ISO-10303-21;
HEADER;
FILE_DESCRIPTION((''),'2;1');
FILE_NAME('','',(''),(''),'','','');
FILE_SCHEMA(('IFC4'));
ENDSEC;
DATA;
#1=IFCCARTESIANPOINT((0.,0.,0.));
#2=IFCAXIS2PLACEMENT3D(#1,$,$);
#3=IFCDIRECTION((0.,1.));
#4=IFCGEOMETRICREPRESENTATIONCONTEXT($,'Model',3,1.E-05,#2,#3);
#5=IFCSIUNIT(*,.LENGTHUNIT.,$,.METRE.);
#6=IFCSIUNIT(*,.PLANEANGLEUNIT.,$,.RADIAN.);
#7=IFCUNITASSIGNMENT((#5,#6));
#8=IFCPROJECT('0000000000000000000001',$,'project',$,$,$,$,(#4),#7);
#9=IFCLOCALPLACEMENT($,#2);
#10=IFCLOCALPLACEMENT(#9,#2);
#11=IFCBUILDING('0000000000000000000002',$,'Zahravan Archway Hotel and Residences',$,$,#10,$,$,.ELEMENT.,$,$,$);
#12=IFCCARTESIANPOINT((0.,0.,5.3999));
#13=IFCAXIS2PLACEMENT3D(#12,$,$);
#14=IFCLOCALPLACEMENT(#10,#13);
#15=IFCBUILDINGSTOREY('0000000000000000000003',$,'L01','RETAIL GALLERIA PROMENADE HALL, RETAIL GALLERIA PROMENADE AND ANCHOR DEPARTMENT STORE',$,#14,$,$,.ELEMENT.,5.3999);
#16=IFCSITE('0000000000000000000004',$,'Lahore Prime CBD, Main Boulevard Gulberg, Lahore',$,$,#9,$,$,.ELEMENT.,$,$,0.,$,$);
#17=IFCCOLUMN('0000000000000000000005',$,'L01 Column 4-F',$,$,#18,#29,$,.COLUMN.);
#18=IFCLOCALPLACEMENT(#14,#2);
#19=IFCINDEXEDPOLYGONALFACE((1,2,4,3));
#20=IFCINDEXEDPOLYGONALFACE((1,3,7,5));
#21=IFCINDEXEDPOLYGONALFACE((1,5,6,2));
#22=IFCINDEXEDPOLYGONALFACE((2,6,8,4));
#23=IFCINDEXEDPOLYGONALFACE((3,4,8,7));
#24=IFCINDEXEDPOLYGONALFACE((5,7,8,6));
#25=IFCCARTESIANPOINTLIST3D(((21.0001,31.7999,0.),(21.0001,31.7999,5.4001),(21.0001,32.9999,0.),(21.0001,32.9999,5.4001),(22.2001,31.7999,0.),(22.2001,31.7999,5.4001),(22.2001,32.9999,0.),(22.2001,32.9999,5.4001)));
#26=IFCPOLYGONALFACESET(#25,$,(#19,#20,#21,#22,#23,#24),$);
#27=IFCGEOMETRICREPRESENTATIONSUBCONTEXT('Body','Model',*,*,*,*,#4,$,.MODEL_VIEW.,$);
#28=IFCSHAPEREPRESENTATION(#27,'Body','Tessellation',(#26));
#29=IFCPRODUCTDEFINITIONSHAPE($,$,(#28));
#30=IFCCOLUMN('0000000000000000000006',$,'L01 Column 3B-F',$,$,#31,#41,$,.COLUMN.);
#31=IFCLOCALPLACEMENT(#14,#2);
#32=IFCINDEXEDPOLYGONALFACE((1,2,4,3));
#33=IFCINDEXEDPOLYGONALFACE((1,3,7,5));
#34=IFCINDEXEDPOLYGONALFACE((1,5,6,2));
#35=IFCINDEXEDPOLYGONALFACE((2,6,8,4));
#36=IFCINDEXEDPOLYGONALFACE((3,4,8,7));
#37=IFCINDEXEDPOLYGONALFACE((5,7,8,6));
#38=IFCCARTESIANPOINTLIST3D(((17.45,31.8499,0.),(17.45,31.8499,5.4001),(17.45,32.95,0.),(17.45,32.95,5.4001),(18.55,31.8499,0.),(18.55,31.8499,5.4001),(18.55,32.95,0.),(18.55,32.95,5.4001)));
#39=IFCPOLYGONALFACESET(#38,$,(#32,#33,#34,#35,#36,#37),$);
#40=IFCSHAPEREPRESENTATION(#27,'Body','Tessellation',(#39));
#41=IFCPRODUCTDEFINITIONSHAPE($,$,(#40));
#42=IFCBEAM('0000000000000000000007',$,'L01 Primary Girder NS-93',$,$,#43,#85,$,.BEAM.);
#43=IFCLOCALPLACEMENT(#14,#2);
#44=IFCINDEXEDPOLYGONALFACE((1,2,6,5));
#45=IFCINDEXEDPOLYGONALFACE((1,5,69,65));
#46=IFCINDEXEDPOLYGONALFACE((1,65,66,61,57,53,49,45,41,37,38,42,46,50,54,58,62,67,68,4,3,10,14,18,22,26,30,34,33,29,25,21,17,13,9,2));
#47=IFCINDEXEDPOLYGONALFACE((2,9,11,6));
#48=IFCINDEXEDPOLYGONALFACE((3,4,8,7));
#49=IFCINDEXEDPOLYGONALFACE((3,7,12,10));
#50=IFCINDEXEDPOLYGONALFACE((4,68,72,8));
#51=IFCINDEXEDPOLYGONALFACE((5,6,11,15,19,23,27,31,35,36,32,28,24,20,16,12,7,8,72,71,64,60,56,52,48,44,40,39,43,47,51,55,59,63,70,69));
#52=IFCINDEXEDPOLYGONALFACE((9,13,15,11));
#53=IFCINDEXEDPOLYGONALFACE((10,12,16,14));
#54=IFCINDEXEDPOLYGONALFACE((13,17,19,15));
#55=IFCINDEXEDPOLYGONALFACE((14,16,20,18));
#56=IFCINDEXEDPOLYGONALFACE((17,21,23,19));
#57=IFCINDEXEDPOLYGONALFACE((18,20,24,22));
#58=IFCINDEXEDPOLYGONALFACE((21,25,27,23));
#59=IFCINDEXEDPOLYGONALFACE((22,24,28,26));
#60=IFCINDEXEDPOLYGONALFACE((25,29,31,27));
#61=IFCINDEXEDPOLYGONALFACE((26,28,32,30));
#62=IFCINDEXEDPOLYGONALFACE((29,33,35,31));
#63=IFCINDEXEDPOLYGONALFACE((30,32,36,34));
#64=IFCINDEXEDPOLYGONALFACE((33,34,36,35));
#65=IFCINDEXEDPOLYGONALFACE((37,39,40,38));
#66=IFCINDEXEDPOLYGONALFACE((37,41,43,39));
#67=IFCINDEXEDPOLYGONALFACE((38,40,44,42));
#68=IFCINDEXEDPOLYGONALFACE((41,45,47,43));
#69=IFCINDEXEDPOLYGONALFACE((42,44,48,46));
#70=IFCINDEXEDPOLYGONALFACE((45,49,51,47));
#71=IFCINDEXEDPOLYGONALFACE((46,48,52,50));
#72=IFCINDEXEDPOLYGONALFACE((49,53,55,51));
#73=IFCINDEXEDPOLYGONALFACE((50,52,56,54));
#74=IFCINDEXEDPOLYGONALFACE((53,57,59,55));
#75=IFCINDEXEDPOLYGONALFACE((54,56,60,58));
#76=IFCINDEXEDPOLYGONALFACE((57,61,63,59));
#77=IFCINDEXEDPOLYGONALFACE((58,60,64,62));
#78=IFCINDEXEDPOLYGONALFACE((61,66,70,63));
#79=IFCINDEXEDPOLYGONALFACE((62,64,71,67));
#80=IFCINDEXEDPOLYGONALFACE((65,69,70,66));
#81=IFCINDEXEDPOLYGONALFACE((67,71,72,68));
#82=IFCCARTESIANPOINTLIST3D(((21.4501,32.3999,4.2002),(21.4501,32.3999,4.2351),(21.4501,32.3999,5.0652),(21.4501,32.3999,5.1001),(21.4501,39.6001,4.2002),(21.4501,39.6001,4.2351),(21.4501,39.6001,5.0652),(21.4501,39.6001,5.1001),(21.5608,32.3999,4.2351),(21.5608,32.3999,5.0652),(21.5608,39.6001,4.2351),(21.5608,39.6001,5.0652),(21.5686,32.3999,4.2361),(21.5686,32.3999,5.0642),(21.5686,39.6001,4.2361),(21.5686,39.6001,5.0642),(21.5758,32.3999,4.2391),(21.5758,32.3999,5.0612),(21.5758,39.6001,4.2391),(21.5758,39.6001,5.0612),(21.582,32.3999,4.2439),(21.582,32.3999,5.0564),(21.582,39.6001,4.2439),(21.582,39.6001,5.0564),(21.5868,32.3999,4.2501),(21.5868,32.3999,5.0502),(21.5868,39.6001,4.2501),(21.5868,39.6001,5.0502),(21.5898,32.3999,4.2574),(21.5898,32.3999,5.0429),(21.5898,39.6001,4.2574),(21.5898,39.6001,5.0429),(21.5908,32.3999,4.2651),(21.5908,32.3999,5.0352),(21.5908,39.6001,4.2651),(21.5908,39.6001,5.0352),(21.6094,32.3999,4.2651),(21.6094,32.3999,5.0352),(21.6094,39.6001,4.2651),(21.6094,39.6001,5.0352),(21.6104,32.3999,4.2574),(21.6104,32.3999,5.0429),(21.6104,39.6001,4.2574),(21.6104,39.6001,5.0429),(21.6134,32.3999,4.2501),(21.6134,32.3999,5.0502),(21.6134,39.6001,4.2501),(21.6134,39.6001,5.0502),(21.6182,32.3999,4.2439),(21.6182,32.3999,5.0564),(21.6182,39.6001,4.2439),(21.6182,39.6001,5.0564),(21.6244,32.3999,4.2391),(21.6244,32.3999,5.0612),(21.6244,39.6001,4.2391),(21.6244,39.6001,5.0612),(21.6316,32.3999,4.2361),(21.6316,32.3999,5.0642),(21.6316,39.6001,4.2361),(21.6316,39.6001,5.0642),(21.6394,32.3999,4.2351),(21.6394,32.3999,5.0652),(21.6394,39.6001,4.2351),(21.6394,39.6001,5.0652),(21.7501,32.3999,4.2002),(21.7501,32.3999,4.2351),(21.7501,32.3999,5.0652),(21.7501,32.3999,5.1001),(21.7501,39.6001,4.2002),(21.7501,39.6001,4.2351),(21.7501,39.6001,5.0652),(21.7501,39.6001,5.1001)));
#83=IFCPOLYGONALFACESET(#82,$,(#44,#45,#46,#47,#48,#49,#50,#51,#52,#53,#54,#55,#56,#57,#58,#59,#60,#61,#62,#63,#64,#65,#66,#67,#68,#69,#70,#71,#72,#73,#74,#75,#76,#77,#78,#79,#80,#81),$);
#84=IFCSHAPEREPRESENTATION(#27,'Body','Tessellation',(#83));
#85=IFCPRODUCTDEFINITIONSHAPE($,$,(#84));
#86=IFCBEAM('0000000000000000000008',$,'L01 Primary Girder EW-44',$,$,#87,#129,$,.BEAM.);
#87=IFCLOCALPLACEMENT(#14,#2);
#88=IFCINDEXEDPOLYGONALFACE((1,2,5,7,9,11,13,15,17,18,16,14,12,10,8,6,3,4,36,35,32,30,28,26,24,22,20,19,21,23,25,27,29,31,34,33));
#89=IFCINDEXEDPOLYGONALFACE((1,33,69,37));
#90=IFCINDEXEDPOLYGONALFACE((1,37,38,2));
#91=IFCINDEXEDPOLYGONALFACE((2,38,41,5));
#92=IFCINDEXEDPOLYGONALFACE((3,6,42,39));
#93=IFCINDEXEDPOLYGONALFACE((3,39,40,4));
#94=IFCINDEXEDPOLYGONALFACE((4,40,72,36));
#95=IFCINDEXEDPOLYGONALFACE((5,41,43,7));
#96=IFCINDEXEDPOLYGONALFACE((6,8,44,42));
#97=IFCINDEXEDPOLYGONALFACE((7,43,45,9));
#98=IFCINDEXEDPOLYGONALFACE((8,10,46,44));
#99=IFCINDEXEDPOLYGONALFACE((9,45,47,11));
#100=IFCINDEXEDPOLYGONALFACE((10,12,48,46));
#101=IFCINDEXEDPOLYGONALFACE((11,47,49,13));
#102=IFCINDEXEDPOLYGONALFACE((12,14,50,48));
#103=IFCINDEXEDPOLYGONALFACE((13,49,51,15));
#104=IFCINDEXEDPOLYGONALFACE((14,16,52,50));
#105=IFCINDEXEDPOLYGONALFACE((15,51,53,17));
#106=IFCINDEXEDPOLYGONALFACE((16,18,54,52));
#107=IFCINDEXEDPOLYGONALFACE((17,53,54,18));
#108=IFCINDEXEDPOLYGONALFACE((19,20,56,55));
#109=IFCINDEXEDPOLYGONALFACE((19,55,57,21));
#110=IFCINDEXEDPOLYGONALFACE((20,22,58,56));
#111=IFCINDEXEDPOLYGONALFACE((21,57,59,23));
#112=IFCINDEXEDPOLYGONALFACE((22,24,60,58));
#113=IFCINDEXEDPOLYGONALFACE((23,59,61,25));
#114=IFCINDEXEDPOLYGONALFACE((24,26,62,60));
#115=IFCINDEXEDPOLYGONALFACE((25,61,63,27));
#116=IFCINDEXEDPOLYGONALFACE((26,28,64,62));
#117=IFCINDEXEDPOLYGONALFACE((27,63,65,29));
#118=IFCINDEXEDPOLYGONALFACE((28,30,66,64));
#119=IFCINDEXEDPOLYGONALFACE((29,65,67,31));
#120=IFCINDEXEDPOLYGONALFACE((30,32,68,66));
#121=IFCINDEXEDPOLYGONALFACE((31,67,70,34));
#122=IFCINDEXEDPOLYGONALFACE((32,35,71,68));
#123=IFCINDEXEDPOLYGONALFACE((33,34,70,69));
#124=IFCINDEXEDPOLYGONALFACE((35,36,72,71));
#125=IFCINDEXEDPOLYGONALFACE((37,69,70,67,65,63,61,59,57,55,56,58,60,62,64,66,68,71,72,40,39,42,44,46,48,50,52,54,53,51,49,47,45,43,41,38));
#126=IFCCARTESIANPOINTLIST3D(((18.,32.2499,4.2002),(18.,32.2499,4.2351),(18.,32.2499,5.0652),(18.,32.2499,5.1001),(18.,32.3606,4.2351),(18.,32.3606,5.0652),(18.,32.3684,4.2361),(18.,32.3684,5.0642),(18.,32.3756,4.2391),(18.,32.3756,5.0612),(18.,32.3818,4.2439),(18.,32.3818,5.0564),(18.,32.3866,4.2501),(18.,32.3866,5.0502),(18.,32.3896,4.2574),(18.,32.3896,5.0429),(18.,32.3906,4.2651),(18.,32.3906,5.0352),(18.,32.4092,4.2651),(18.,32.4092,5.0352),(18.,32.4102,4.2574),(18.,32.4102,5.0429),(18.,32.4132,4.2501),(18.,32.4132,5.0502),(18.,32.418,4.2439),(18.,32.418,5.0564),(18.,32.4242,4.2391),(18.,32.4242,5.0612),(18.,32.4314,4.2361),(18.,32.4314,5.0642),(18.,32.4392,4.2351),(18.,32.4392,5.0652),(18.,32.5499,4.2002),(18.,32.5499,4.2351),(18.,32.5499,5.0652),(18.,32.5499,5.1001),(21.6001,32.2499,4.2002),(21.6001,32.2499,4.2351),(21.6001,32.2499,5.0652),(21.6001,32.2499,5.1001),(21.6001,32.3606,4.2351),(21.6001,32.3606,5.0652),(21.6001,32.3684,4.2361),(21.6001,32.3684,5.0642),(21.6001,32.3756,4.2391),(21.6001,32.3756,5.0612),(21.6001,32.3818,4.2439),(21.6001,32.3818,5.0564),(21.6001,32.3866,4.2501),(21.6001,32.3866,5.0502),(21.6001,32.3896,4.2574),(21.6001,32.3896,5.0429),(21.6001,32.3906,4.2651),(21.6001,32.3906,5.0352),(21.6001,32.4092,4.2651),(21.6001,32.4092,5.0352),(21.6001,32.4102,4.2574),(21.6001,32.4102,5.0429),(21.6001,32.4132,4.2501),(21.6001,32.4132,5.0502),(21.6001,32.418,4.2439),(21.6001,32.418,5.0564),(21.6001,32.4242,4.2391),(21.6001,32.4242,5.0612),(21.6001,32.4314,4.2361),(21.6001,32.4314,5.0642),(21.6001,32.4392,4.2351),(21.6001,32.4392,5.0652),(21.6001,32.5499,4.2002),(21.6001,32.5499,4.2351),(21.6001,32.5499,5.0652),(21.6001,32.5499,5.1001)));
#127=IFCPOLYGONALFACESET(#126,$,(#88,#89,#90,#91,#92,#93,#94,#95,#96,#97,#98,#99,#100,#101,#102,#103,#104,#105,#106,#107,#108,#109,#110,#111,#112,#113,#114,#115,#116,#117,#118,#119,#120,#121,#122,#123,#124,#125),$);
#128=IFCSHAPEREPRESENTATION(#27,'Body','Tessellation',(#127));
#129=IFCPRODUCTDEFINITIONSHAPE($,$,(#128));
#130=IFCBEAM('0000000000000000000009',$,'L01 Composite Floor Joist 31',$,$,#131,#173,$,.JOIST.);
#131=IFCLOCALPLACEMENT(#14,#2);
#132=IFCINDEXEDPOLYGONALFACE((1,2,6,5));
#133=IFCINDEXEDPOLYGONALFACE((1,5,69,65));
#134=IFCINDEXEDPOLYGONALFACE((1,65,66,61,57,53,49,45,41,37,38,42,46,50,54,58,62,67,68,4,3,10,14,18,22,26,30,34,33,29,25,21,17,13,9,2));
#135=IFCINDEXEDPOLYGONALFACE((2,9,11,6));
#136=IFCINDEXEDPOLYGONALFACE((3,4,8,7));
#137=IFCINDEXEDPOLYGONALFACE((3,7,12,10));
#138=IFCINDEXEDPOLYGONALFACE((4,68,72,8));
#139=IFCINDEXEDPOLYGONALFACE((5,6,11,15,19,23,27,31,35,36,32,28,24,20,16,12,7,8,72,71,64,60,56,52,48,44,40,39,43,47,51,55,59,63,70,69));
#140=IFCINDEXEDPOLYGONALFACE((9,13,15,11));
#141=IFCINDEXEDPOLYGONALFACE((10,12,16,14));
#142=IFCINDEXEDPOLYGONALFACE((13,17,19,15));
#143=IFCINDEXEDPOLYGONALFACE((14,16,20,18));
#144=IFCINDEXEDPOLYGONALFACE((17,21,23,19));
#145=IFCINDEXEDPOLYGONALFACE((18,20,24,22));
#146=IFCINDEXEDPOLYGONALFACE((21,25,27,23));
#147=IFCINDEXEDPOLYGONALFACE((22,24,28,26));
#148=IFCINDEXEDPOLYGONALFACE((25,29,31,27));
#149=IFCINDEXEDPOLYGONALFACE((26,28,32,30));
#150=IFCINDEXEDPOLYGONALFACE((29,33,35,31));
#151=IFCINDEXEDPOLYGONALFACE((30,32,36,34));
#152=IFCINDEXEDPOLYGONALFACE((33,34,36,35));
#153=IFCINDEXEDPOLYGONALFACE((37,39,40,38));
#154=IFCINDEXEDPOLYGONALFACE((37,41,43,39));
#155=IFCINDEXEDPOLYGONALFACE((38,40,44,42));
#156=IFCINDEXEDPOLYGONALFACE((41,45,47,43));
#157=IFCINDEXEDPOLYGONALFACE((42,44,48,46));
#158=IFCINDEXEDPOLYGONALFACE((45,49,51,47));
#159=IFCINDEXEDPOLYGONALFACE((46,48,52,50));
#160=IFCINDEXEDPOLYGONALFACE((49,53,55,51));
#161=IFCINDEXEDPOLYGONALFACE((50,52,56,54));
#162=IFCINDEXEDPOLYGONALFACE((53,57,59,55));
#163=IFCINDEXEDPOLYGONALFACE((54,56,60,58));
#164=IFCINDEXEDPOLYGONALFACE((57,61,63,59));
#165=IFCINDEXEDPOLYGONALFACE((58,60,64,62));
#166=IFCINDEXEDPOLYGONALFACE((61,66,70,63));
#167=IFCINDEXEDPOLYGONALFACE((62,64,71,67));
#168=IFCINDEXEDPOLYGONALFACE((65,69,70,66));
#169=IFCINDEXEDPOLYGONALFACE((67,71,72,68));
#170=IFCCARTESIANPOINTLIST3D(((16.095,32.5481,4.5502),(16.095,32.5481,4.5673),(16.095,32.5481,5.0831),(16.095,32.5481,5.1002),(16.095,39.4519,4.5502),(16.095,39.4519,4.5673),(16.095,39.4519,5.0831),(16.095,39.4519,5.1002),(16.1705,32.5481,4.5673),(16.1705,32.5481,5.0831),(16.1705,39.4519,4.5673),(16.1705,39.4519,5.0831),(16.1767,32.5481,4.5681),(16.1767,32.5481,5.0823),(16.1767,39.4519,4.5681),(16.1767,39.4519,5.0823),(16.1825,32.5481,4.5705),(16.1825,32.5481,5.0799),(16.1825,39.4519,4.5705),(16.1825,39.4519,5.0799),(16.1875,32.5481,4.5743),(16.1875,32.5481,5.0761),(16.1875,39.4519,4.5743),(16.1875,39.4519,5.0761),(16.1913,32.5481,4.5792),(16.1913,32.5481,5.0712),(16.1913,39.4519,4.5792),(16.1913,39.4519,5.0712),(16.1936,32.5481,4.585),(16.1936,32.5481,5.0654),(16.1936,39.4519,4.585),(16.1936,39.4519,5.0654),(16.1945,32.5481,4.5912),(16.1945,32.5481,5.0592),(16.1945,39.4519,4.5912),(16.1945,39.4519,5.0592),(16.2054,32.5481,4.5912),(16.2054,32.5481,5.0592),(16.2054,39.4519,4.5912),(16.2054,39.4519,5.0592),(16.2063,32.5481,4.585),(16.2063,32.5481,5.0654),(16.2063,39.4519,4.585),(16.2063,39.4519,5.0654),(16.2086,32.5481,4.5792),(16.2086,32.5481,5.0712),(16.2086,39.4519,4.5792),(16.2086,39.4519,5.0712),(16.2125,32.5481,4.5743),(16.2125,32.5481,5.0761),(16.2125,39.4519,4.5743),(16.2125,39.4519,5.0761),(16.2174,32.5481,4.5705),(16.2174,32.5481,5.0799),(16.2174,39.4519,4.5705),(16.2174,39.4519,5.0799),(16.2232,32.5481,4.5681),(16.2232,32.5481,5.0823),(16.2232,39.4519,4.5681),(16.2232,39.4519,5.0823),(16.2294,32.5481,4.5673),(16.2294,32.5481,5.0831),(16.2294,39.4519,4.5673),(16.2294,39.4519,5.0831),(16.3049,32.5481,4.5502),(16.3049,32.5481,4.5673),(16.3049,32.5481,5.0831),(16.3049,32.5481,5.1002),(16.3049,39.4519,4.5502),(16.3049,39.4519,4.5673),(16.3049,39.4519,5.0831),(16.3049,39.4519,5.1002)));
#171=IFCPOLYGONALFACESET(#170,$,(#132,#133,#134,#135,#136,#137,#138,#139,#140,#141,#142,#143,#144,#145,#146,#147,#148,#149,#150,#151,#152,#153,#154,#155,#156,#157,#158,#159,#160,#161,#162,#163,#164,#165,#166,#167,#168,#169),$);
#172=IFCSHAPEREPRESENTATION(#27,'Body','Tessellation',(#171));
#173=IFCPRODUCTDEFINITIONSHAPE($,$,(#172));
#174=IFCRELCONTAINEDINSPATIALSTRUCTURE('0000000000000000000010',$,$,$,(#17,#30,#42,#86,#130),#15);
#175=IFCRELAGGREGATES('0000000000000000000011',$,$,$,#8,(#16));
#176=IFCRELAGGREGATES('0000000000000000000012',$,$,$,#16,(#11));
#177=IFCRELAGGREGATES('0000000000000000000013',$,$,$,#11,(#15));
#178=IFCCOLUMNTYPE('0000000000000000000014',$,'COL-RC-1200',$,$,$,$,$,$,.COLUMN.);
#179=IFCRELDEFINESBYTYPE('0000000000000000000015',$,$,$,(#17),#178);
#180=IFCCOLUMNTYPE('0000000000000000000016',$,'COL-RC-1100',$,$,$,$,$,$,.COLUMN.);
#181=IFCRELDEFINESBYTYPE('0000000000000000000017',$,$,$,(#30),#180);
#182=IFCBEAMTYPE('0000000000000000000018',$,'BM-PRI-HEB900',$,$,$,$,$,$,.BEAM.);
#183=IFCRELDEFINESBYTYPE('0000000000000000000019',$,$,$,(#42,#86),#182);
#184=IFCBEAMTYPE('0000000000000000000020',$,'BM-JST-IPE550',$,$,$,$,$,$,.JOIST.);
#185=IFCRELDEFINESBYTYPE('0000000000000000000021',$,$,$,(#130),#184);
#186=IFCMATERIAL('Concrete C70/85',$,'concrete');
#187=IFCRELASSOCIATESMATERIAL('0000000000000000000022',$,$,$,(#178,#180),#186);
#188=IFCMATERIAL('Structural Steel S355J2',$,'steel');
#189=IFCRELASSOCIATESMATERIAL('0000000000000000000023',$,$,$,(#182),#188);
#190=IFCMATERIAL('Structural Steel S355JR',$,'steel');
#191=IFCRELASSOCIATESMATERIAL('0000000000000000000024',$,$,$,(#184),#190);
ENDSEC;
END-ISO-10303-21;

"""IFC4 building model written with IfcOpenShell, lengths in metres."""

from ifc_helpers import new_model, si_unit, direction, frame, origin, origin_2d, place, context, subcontext, project, spatial, rectangle, i_section, extrude, source, transform, mapped, material, material_profile, profile_set, type_object, element, save


model = new_model("IFC4")

# Units and contexts
model_context = context("Model", 3, precision=1e-05, world=origin(), true_north=direction((0.0, 1.0)))
body_context = subcontext(model_context, "Body", "Model", "MODEL_VIEW")
ifc_project = project(units=[si_unit("LENGTHUNIT", "METRE"), si_unit("PLANEANGLEUNIT", "RADIAN")], contexts=[model_context])

# Site, building, storey
site_placement = place(None, origin())
site = spatial("IfcSite", under=ifc_project, at=site_placement, Name="Lahore Prime CBD, Main Boulevard Gulberg, Lahore", CompositionType="ELEMENT", RefElevation=0.0)
building_placement = place(site_placement, origin())
building = spatial("IfcBuilding", under=site, at=building_placement, Name="Zahravan Archway Hotel and Residences", CompositionType="ELEMENT")
storey_placement = place(building_placement, frame((0.0, 0.0, 5.3999)))
storey = spatial("IfcBuildingStorey", under=building, at=storey_placement, Name="L01", Description="RETAIL GALLERIA PROMENADE HALL, RETAIL GALLERIA PROMENADE AND ANCHOR DEPARTMENT STORE", CompositionType="ELEMENT", Elevation=5.3999)

# Columns
ifc_material_1 = material(Name="Concrete C70/85", Category="concrete")
ifc_material_profile_1 = material_profile(ifc_material_1, rectangle(XDim=1.2, YDim=1.2, at=origin_2d()), Name="RC-COL-1200x1200", Category="concrete")
ifc_profile_set_1 = profile_set([ifc_material_profile_1], Name="Concrete C70/85")
column_type_1 = type_object("IfcColumnType", Name="COL-RC-1200", PredefinedType="COLUMN", material=ifc_profile_set_1)
shared_shape_1 = source(origin(), body_context, "Body", "SweptSolid", [
    extrude(rectangle(XDim=1.2, YDim=1.2, at=origin_2d()), origin(), (0.0, 0.0, 1.0), 5.4001),
])
column_1_placement = place(storey_placement, frame((21.6001, 32.3999, 0.0), z_axis=(0.0, 0.0, 1.0), x_axis=(1.0, 0.0, 0.0)))
element("IfcColumn", 1, at=column_1_placement, inside=storey, type_object=column_type_1, Name="L01 Column 4-F", PredefinedType="COLUMN", context=body_context, shape_type="MappedRepresentation", body=[
    mapped(shared_shape_1, transform((0.0, 0.0, 0.0), scale=1.0)),
])
ifc_material_profile_2 = material_profile(ifc_material_1, rectangle(XDim=1.1001, YDim=1.1001, at=origin_2d()), Name="RC 1100x1100", Category="concrete")
ifc_profile_set_2 = profile_set([ifc_material_profile_2], Name="Concrete C70/85")
column_type_2 = type_object("IfcColumnType", Name="COL-RC-1100", PredefinedType="COLUMN", material=ifc_profile_set_2)
shared_shape_2 = source(origin(), body_context, "Body", "SweptSolid", [
    extrude(rectangle(XDim=1.1001, YDim=1.1001, at=origin_2d()), origin(), (0.0, 0.0, 1.0), 5.4001),
])
column_2_placement = place(storey_placement, frame((18.0, 32.3999, 0.0), z_axis=(0.0, 0.0, 1.0), x_axis=(1.0, 0.0, 0.0)))
element("IfcColumn", 2, at=column_2_placement, inside=storey, type_object=column_type_2, Name="L01 Column 3B-F", PredefinedType="COLUMN", context=body_context, shape_type="MappedRepresentation", body=[
    mapped(shared_shape_2, transform((0.0, 0.0, 0.0), scale=1.0)),
])

# Beams
ifc_material_2 = material(Name="Structural Steel S355J2", Category="steel")
ifc_material_profile_3 = material_profile(ifc_material_2, i_section(OverallWidth=0.3, OverallDepth=0.8999, WebThickness=0.0186, FlangeThickness=0.0349, FilletRadius=0.03, at=origin_2d()), Name="HEB 900", Category="steel")
ifc_profile_set_3 = profile_set([ifc_material_profile_3], Name="Structural Steel S355J2")
beam_type_1 = type_object("IfcBeamType", Name="BM-PRI-HEB900", PredefinedType="BEAM", material=ifc_profile_set_3)
shared_shape_3 = source(origin(), body_context, "Body", "SweptSolid", [
    extrude(i_section(OverallWidth=0.3, OverallDepth=0.8999, WebThickness=0.0186, FlangeThickness=0.0349, FilletRadius=0.03, at=origin_2d()), origin(), (0.0, 0.0, 1.0), 7.2002),
])
beam_1_placement = place(storey_placement, frame((21.6001, 32.3999, 4.6501), z_axis=(0.0, 1.0, 0.0), x_axis=(-1.0, 0.0, 0.0)))
element("IfcBeam", 3, at=beam_1_placement, inside=storey, type_object=beam_type_1, Name="L01 Primary Girder NS-93", PredefinedType="BEAM", context=body_context, shape_type="MappedRepresentation", body=[
    mapped(shared_shape_3, transform((0.0, 0.0, 0.0), scale=1.0)),
])
shared_shape_4 = source(origin(), body_context, "Body", "SweptSolid", [
    extrude(i_section(OverallWidth=0.3, OverallDepth=0.8999, WebThickness=0.0186, FlangeThickness=0.0349, FilletRadius=0.03, at=origin_2d()), origin(), (0.0, 0.0, 1.0), 3.6001),
])
beam_2_placement = place(storey_placement, frame((18.0, 32.3999, 4.6501), z_axis=(1.0, 0.0, 0.0), x_axis=(0.0, 1.0, 0.0)))
element("IfcBeam", 4, at=beam_2_placement, inside=storey, type_object=beam_type_1, Name="L01 Primary Girder EW-44", PredefinedType="BEAM", context=body_context, shape_type="MappedRepresentation", body=[
    mapped(shared_shape_4, transform((0.0, 0.0, 0.0), scale=1.0)),
])
ifc_material_3 = material(Name="Structural Steel S355JR", Category="steel")
ifc_material_profile_4 = material_profile(ifc_material_3, i_section(OverallWidth=0.21, OverallDepth=0.55, WebThickness=0.011, FlangeThickness=0.0171, FilletRadius=0.0239, at=origin_2d()), Name="IPE 550", Category="steel")
ifc_profile_set_4 = profile_set([ifc_material_profile_4], Name="Structural Steel S355JR")
beam_type_2 = type_object("IfcBeamType", Name="BM-JST-IPE550", PredefinedType="JOIST", material=ifc_profile_set_4)
shared_shape_5 = source(origin(), body_context, "Body", "SweptSolid", [
    extrude(i_section(OverallWidth=0.21, OverallDepth=0.55, WebThickness=0.011, FlangeThickness=0.0171, FilletRadius=0.0239, at=origin_2d()), origin(), (0.0, 0.0, 1.0), 6.9038),
])
for number, where, z_axis, x_axis, name in (
    (5, (16.2, 32.5481, 4.8252), (0.0, 1.0, 0.0), (-1.0, 0.0, 0.0), "L01 Composite Floor Joist 31"),
):
    element("IfcBeam", number, at=place(storey_placement, frame(where, z_axis=z_axis, x_axis=x_axis)), inside=storey, type_object=beam_type_2, Name=name, PredefinedType="JOIST", context=body_context, shape_type="MappedRepresentation", body=[
        mapped(shared_shape_5, transform((0.0, 0.0, 0.0), scale=1.0)),
    ])

save(model, "model.ifc")
